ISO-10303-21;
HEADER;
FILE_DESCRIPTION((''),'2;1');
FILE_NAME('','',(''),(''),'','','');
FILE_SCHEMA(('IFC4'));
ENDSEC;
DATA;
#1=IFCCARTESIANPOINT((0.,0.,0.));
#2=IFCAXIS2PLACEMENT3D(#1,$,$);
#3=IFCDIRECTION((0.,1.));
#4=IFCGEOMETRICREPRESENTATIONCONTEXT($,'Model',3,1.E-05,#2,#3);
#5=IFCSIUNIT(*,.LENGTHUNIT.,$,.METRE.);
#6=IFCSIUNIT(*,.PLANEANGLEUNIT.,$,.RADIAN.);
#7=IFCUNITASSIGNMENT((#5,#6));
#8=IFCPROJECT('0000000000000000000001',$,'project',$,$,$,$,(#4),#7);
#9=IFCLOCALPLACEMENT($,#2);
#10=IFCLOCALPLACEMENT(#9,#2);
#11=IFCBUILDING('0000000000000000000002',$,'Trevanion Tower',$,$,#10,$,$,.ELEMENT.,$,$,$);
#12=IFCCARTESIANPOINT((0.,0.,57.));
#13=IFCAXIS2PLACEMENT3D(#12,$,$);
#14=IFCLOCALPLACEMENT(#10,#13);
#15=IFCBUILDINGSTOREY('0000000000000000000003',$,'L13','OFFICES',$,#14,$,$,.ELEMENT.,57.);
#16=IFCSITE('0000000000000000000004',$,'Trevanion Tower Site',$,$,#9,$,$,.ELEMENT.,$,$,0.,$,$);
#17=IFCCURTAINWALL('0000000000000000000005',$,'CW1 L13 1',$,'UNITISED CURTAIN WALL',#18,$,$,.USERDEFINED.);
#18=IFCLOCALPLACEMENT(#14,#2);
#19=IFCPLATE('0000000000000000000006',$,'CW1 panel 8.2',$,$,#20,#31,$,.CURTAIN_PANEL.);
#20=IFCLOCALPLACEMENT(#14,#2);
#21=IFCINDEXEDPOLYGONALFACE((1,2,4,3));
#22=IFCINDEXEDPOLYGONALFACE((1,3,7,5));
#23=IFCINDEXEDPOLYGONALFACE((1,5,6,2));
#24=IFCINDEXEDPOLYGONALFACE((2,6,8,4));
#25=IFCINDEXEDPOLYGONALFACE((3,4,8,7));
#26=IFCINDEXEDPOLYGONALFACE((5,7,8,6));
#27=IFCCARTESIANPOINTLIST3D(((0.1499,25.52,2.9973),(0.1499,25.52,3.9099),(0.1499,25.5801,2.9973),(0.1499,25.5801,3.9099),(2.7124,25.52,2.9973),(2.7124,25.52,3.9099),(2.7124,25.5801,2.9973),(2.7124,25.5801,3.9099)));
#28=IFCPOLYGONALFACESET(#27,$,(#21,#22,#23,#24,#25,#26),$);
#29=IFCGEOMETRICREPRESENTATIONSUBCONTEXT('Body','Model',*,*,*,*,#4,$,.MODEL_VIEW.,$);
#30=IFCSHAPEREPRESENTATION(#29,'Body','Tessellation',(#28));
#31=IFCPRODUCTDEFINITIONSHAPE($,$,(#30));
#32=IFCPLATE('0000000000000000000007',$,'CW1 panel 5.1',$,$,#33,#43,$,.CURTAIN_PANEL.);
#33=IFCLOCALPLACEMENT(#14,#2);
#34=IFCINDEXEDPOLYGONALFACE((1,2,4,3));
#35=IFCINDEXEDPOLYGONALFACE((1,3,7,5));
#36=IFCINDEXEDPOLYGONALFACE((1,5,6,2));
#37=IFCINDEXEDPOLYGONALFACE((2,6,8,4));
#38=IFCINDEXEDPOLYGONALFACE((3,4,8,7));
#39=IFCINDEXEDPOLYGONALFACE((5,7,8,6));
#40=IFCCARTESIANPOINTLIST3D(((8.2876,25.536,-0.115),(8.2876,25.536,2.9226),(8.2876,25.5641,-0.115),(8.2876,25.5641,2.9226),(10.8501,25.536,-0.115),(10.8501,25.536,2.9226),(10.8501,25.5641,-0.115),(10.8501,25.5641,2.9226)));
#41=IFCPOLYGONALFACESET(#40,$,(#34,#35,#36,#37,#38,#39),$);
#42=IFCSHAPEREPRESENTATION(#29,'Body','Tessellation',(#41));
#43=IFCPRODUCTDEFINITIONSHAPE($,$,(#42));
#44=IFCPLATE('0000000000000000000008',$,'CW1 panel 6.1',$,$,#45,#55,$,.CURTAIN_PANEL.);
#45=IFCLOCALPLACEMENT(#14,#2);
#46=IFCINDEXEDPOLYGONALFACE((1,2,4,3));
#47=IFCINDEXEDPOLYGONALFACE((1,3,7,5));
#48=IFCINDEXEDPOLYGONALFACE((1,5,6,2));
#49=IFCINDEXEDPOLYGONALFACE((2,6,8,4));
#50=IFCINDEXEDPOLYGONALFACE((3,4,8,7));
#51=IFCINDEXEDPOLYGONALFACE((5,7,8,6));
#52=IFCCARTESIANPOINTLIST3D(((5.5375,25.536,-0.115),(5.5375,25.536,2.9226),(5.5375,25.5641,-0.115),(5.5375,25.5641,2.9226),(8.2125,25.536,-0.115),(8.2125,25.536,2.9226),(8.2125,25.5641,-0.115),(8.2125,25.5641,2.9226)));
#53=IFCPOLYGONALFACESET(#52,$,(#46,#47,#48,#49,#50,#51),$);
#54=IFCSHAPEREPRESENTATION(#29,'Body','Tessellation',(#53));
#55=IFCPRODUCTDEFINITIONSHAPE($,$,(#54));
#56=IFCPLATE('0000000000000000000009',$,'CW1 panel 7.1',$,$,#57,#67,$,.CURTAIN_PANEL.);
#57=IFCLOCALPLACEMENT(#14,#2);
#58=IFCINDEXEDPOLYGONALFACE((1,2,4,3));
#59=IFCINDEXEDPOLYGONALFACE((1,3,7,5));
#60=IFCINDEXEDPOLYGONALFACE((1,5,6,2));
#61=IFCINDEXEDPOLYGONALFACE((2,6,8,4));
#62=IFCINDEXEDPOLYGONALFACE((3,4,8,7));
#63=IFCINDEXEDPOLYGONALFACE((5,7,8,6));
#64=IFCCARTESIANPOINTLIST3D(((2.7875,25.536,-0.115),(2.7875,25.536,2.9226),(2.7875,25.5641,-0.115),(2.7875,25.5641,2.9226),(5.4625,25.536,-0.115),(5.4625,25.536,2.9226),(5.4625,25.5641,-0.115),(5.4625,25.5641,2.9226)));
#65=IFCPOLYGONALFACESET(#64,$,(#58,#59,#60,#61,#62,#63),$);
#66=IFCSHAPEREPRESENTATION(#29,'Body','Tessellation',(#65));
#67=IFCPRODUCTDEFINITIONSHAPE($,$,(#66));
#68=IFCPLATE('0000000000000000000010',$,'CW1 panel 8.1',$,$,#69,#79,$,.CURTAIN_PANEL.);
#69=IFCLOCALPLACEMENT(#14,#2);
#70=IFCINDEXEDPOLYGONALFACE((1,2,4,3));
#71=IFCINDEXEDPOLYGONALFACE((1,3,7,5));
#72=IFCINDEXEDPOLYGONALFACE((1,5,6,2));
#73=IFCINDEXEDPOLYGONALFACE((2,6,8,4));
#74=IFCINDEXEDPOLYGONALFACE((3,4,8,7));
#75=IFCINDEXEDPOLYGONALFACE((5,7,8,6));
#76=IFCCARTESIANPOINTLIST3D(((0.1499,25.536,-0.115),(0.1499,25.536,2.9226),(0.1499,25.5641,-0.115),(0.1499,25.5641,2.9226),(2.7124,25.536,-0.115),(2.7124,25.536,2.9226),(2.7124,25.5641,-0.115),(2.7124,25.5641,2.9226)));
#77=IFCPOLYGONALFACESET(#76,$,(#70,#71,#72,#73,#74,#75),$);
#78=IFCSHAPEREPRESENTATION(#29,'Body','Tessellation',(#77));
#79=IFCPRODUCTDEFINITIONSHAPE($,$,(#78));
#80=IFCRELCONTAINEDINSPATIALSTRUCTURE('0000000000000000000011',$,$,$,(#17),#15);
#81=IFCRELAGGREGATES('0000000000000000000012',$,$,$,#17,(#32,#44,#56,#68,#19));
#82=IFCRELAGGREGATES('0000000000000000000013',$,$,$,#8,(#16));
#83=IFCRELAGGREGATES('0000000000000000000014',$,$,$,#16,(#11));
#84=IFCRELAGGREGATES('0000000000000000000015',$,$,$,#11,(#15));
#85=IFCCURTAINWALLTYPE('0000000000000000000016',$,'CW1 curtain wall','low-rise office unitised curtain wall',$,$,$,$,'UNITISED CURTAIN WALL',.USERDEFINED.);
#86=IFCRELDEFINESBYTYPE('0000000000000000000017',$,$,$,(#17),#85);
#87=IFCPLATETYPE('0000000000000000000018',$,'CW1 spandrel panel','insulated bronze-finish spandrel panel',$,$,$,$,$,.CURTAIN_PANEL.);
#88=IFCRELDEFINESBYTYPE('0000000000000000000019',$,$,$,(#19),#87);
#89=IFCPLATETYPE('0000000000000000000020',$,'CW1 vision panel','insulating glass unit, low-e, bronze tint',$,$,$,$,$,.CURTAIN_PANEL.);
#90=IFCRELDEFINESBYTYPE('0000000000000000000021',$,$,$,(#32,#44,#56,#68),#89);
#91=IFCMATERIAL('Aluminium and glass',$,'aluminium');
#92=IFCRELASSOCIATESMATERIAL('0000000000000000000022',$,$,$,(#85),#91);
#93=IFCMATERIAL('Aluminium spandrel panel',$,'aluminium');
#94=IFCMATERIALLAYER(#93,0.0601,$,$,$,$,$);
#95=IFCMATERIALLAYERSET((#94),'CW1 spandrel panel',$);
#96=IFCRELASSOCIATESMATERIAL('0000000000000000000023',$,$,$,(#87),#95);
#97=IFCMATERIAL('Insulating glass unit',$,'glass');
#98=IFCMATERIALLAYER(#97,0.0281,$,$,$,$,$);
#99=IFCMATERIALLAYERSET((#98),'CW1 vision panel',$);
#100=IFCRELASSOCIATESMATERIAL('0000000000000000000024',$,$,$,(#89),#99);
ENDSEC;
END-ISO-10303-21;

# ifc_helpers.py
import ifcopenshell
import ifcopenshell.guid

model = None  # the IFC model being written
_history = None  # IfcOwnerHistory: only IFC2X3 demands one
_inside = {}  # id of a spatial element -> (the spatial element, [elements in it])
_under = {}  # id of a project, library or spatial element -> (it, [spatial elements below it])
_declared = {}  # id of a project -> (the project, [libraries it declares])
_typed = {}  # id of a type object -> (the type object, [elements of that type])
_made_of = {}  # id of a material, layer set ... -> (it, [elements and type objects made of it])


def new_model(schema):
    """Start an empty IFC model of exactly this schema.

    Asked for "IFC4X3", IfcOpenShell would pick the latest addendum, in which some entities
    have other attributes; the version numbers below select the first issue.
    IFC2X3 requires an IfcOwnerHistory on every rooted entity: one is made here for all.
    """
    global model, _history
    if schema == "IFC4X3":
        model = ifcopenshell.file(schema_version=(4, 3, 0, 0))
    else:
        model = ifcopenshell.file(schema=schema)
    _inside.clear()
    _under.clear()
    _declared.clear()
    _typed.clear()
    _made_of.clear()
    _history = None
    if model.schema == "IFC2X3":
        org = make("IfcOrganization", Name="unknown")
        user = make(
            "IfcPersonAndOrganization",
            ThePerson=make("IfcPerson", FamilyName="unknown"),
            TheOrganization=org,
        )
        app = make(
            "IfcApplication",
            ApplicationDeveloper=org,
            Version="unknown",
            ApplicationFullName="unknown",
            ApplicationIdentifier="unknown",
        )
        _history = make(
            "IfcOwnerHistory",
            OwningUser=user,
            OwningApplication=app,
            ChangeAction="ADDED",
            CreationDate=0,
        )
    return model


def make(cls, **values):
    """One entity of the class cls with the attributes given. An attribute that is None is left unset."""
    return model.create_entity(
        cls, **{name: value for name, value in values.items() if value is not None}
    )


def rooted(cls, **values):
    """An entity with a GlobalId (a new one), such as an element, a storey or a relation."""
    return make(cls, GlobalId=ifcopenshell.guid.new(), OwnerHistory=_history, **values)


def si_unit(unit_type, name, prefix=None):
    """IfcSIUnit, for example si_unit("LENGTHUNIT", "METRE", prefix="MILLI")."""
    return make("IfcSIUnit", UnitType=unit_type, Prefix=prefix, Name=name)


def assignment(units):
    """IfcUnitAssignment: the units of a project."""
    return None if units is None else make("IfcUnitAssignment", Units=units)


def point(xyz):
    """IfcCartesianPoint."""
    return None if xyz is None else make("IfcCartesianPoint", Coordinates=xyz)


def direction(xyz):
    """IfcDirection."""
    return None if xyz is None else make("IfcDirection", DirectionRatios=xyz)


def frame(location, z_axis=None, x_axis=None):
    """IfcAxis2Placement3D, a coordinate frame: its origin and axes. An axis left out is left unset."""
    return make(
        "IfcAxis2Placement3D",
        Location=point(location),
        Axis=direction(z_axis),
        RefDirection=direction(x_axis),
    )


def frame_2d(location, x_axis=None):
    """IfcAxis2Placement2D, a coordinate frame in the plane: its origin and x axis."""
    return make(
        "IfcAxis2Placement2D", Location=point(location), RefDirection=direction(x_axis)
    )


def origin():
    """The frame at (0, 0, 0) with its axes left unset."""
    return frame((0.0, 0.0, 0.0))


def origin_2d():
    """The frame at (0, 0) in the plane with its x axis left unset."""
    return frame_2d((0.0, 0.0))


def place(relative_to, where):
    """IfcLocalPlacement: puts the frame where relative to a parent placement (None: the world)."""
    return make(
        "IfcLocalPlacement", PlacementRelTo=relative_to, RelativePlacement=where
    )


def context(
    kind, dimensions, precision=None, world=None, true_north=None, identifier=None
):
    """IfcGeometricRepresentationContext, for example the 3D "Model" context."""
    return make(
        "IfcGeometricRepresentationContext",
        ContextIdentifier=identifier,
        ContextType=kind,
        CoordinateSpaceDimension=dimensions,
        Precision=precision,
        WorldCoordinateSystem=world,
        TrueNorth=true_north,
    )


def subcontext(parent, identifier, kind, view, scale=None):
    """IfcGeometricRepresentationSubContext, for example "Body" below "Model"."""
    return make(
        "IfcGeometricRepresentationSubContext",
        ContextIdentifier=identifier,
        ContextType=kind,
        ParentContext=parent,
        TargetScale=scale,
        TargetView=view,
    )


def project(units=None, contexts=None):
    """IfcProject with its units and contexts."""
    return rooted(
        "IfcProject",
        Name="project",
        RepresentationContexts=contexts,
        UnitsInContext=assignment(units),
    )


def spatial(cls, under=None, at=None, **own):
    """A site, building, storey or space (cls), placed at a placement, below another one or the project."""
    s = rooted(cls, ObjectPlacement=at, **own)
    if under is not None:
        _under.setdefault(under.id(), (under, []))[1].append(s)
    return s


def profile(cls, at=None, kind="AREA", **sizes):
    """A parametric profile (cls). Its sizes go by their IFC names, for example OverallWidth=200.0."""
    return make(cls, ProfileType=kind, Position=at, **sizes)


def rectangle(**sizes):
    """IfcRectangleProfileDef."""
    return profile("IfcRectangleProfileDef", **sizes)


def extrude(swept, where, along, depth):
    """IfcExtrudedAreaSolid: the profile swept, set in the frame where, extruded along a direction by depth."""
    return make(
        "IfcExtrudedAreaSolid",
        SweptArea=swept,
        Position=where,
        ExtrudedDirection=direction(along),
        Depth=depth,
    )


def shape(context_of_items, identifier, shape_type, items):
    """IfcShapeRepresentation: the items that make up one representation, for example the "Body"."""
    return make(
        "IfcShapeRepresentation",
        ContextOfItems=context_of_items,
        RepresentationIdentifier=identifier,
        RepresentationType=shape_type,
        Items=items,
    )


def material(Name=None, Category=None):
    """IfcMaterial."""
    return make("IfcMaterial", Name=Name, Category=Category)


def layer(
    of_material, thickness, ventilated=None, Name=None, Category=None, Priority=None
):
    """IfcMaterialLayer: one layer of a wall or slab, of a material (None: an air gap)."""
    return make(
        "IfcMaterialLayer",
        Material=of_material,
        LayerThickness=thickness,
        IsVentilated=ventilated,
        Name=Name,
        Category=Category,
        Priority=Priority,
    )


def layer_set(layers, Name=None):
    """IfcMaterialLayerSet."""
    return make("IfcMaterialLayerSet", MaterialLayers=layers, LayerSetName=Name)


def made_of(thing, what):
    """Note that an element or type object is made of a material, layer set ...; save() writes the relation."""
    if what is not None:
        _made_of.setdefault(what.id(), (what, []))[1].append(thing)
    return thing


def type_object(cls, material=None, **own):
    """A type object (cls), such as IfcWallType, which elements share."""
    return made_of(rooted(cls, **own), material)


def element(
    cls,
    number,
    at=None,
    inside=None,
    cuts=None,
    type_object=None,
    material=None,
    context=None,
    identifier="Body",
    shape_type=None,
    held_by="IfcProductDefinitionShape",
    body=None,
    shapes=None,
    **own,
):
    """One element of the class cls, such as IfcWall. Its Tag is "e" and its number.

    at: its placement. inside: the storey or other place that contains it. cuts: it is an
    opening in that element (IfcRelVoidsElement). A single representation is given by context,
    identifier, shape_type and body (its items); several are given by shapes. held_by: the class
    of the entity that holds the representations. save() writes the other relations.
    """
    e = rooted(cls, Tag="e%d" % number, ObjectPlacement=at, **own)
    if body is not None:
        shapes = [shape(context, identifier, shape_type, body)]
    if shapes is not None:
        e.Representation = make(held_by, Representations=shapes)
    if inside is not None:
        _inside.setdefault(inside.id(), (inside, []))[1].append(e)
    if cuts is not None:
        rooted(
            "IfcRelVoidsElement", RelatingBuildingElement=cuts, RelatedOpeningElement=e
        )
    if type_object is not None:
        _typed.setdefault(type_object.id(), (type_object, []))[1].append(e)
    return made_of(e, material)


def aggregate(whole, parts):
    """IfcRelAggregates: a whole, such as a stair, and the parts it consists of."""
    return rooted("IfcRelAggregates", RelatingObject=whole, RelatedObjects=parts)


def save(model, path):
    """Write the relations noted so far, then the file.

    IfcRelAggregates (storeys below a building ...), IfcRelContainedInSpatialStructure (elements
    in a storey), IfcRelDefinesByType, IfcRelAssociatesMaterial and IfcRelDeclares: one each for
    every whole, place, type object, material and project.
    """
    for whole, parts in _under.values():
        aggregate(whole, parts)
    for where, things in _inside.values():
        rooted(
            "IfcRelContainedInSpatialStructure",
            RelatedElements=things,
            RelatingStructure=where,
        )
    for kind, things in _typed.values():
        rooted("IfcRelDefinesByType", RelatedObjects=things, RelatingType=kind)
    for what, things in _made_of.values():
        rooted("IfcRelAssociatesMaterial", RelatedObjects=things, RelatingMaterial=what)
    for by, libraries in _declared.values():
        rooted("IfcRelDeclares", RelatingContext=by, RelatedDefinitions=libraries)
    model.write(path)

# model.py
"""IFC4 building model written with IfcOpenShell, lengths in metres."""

from ifc_helpers import new_model, si_unit, direction, frame, origin, origin_2d, place, context, subcontext, project, spatial, rectangle, extrude, material, layer, layer_set, type_object, element, aggregate, save


model = new_model("IFC4")

# Units and contexts
model_context = context("Model", 3, precision=1e-05, world=origin(), true_north=direction((0.0, 1.0)))
body_context = subcontext(model_context, "Body", "Model", "MODEL_VIEW")
ifc_project = project(units=[si_unit("LENGTHUNIT", "METRE"), si_unit("PLANEANGLEUNIT", "RADIAN")], contexts=[model_context])

# Site, building, storey
site_placement = place(None, origin())
site = spatial("IfcSite", under=ifc_project, at=site_placement, Name="Trevanion Tower Site", CompositionType="ELEMENT", RefElevation=0.0)
building_placement = place(site_placement, origin())
building = spatial("IfcBuilding", under=site, at=building_placement, Name="Trevanion Tower", CompositionType="ELEMENT")
storey_placement = place(building_placement, frame((0.0, 0.0, 57.0)))
storey = spatial("IfcBuildingStorey", under=building, at=storey_placement, Name="L13", Description="OFFICES", CompositionType="ELEMENT", Elevation=57.0)

# Curtain wall, plates
ifc_material_1 = material(Name="Aluminium and glass", Category="aluminium")
curtain_wall_type = type_object("IfcCurtainWallType", Name="CW1 curtain wall", Description="low-rise office unitised curtain wall", ElementType="UNITISED CURTAIN WALL", PredefinedType="USERDEFINED", material=ifc_material_1)
curtain_wall_placement = place(storey_placement, origin())
curtain_wall = element("IfcCurtainWall", 1, at=curtain_wall_placement, inside=storey, type_object=curtain_wall_type, Name="CW1 L13 1", ObjectType="UNITISED CURTAIN WALL", PredefinedType="USERDEFINED")
ifc_material_2 = material(Name="Aluminium spandrel panel", Category="aluminium")
ifc_layer_1 = layer(ifc_material_2, 0.0601)
ifc_layer_set_1 = layer_set([ifc_layer_1], Name="CW1 spandrel panel")
plate_type_1 = type_object("IfcPlateType", Name="CW1 spandrel panel", Description="insulated bronze-finish spandrel panel", PredefinedType="CURTAIN_PANEL", material=ifc_layer_set_1)
plate_1_placement = place(storey_placement, frame((1.4312, 25.55, 2.9973), z_axis=(0.0, 0.0, 1.0), x_axis=(-1.0, 0.0, 0.0)))
plate_1 = element("IfcPlate", 2, at=plate_1_placement, type_object=plate_type_1, Name="CW1 panel 8.2", PredefinedType="CURTAIN_PANEL", context=body_context, shape_type="SweptSolid", body=[
    extrude(rectangle(XDim=2.5625, YDim=0.0601, at=origin_2d()), origin(), (0.0, 0.0, 1.0), 0.9126),
])
ifc_material_3 = material(Name="Insulating glass unit", Category="glass")
ifc_layer_2 = layer(ifc_material_3, 0.0281)
ifc_layer_set_2 = layer_set([ifc_layer_2], Name="CW1 vision panel")
plate_type_2 = type_object("IfcPlateType", Name="CW1 vision panel", Description="insulating glass unit, low-e, bronze tint", PredefinedType="CURTAIN_PANEL", material=ifc_layer_set_2)
plate_2_placement = place(storey_placement, frame((9.5688, 25.55, -0.115), z_axis=(0.0, 0.0, 1.0), x_axis=(-1.0, 0.0, 0.0)))
plate_2 = element("IfcPlate", 3, at=plate_2_placement, type_object=plate_type_2, Name="CW1 panel 5.1", PredefinedType="CURTAIN_PANEL", context=body_context, shape_type="SweptSolid", body=[
    extrude(rectangle(XDim=2.5625, YDim=0.0281, at=origin_2d()), origin(), (0.0, 0.0, 1.0), 3.0376),
])
plate_3_placement = place(storey_placement, frame((6.875, 25.55, -0.115), z_axis=(0.0, 0.0, 1.0), x_axis=(-1.0, 0.0, 0.0)))
plate_3 = element("IfcPlate", 4, at=plate_3_placement, type_object=plate_type_2, Name="CW1 panel 6.1", PredefinedType="CURTAIN_PANEL", context=body_context, shape_type="SweptSolid", body=[
    extrude(rectangle(XDim=2.675, YDim=0.0281, at=origin_2d()), origin(), (0.0, 0.0, 1.0), 3.0376),
])
plate_4_placement = place(storey_placement, frame((4.125, 25.55, -0.115), z_axis=(0.0, 0.0, 1.0), x_axis=(-1.0, 0.0, 0.0)))
plate_4 = element("IfcPlate", 5, at=plate_4_placement, type_object=plate_type_2, Name="CW1 panel 7.1", PredefinedType="CURTAIN_PANEL", context=body_context, shape_type="SweptSolid", body=[
    extrude(rectangle(XDim=2.675, YDim=0.0281, at=origin_2d()), origin(), (0.0, 0.0, 1.0), 3.0376),
])
plate_5_placement = place(storey_placement, frame((1.4312, 25.55, -0.115), z_axis=(0.0, 0.0, 1.0), x_axis=(-1.0, 0.0, 0.0)))
plate_5 = element("IfcPlate", 6, at=plate_5_placement, type_object=plate_type_2, Name="CW1 panel 8.1", PredefinedType="CURTAIN_PANEL", context=body_context, shape_type="SweptSolid", body=[
    extrude(rectangle(XDim=2.5625, YDim=0.0281, at=origin_2d()), origin(), (0.0, 0.0, 1.0), 3.0376),
])
aggregate(curtain_wall, [plate_2, plate_3, plate_4, plate_5, plate_1])

save(model, "model.ifc")
